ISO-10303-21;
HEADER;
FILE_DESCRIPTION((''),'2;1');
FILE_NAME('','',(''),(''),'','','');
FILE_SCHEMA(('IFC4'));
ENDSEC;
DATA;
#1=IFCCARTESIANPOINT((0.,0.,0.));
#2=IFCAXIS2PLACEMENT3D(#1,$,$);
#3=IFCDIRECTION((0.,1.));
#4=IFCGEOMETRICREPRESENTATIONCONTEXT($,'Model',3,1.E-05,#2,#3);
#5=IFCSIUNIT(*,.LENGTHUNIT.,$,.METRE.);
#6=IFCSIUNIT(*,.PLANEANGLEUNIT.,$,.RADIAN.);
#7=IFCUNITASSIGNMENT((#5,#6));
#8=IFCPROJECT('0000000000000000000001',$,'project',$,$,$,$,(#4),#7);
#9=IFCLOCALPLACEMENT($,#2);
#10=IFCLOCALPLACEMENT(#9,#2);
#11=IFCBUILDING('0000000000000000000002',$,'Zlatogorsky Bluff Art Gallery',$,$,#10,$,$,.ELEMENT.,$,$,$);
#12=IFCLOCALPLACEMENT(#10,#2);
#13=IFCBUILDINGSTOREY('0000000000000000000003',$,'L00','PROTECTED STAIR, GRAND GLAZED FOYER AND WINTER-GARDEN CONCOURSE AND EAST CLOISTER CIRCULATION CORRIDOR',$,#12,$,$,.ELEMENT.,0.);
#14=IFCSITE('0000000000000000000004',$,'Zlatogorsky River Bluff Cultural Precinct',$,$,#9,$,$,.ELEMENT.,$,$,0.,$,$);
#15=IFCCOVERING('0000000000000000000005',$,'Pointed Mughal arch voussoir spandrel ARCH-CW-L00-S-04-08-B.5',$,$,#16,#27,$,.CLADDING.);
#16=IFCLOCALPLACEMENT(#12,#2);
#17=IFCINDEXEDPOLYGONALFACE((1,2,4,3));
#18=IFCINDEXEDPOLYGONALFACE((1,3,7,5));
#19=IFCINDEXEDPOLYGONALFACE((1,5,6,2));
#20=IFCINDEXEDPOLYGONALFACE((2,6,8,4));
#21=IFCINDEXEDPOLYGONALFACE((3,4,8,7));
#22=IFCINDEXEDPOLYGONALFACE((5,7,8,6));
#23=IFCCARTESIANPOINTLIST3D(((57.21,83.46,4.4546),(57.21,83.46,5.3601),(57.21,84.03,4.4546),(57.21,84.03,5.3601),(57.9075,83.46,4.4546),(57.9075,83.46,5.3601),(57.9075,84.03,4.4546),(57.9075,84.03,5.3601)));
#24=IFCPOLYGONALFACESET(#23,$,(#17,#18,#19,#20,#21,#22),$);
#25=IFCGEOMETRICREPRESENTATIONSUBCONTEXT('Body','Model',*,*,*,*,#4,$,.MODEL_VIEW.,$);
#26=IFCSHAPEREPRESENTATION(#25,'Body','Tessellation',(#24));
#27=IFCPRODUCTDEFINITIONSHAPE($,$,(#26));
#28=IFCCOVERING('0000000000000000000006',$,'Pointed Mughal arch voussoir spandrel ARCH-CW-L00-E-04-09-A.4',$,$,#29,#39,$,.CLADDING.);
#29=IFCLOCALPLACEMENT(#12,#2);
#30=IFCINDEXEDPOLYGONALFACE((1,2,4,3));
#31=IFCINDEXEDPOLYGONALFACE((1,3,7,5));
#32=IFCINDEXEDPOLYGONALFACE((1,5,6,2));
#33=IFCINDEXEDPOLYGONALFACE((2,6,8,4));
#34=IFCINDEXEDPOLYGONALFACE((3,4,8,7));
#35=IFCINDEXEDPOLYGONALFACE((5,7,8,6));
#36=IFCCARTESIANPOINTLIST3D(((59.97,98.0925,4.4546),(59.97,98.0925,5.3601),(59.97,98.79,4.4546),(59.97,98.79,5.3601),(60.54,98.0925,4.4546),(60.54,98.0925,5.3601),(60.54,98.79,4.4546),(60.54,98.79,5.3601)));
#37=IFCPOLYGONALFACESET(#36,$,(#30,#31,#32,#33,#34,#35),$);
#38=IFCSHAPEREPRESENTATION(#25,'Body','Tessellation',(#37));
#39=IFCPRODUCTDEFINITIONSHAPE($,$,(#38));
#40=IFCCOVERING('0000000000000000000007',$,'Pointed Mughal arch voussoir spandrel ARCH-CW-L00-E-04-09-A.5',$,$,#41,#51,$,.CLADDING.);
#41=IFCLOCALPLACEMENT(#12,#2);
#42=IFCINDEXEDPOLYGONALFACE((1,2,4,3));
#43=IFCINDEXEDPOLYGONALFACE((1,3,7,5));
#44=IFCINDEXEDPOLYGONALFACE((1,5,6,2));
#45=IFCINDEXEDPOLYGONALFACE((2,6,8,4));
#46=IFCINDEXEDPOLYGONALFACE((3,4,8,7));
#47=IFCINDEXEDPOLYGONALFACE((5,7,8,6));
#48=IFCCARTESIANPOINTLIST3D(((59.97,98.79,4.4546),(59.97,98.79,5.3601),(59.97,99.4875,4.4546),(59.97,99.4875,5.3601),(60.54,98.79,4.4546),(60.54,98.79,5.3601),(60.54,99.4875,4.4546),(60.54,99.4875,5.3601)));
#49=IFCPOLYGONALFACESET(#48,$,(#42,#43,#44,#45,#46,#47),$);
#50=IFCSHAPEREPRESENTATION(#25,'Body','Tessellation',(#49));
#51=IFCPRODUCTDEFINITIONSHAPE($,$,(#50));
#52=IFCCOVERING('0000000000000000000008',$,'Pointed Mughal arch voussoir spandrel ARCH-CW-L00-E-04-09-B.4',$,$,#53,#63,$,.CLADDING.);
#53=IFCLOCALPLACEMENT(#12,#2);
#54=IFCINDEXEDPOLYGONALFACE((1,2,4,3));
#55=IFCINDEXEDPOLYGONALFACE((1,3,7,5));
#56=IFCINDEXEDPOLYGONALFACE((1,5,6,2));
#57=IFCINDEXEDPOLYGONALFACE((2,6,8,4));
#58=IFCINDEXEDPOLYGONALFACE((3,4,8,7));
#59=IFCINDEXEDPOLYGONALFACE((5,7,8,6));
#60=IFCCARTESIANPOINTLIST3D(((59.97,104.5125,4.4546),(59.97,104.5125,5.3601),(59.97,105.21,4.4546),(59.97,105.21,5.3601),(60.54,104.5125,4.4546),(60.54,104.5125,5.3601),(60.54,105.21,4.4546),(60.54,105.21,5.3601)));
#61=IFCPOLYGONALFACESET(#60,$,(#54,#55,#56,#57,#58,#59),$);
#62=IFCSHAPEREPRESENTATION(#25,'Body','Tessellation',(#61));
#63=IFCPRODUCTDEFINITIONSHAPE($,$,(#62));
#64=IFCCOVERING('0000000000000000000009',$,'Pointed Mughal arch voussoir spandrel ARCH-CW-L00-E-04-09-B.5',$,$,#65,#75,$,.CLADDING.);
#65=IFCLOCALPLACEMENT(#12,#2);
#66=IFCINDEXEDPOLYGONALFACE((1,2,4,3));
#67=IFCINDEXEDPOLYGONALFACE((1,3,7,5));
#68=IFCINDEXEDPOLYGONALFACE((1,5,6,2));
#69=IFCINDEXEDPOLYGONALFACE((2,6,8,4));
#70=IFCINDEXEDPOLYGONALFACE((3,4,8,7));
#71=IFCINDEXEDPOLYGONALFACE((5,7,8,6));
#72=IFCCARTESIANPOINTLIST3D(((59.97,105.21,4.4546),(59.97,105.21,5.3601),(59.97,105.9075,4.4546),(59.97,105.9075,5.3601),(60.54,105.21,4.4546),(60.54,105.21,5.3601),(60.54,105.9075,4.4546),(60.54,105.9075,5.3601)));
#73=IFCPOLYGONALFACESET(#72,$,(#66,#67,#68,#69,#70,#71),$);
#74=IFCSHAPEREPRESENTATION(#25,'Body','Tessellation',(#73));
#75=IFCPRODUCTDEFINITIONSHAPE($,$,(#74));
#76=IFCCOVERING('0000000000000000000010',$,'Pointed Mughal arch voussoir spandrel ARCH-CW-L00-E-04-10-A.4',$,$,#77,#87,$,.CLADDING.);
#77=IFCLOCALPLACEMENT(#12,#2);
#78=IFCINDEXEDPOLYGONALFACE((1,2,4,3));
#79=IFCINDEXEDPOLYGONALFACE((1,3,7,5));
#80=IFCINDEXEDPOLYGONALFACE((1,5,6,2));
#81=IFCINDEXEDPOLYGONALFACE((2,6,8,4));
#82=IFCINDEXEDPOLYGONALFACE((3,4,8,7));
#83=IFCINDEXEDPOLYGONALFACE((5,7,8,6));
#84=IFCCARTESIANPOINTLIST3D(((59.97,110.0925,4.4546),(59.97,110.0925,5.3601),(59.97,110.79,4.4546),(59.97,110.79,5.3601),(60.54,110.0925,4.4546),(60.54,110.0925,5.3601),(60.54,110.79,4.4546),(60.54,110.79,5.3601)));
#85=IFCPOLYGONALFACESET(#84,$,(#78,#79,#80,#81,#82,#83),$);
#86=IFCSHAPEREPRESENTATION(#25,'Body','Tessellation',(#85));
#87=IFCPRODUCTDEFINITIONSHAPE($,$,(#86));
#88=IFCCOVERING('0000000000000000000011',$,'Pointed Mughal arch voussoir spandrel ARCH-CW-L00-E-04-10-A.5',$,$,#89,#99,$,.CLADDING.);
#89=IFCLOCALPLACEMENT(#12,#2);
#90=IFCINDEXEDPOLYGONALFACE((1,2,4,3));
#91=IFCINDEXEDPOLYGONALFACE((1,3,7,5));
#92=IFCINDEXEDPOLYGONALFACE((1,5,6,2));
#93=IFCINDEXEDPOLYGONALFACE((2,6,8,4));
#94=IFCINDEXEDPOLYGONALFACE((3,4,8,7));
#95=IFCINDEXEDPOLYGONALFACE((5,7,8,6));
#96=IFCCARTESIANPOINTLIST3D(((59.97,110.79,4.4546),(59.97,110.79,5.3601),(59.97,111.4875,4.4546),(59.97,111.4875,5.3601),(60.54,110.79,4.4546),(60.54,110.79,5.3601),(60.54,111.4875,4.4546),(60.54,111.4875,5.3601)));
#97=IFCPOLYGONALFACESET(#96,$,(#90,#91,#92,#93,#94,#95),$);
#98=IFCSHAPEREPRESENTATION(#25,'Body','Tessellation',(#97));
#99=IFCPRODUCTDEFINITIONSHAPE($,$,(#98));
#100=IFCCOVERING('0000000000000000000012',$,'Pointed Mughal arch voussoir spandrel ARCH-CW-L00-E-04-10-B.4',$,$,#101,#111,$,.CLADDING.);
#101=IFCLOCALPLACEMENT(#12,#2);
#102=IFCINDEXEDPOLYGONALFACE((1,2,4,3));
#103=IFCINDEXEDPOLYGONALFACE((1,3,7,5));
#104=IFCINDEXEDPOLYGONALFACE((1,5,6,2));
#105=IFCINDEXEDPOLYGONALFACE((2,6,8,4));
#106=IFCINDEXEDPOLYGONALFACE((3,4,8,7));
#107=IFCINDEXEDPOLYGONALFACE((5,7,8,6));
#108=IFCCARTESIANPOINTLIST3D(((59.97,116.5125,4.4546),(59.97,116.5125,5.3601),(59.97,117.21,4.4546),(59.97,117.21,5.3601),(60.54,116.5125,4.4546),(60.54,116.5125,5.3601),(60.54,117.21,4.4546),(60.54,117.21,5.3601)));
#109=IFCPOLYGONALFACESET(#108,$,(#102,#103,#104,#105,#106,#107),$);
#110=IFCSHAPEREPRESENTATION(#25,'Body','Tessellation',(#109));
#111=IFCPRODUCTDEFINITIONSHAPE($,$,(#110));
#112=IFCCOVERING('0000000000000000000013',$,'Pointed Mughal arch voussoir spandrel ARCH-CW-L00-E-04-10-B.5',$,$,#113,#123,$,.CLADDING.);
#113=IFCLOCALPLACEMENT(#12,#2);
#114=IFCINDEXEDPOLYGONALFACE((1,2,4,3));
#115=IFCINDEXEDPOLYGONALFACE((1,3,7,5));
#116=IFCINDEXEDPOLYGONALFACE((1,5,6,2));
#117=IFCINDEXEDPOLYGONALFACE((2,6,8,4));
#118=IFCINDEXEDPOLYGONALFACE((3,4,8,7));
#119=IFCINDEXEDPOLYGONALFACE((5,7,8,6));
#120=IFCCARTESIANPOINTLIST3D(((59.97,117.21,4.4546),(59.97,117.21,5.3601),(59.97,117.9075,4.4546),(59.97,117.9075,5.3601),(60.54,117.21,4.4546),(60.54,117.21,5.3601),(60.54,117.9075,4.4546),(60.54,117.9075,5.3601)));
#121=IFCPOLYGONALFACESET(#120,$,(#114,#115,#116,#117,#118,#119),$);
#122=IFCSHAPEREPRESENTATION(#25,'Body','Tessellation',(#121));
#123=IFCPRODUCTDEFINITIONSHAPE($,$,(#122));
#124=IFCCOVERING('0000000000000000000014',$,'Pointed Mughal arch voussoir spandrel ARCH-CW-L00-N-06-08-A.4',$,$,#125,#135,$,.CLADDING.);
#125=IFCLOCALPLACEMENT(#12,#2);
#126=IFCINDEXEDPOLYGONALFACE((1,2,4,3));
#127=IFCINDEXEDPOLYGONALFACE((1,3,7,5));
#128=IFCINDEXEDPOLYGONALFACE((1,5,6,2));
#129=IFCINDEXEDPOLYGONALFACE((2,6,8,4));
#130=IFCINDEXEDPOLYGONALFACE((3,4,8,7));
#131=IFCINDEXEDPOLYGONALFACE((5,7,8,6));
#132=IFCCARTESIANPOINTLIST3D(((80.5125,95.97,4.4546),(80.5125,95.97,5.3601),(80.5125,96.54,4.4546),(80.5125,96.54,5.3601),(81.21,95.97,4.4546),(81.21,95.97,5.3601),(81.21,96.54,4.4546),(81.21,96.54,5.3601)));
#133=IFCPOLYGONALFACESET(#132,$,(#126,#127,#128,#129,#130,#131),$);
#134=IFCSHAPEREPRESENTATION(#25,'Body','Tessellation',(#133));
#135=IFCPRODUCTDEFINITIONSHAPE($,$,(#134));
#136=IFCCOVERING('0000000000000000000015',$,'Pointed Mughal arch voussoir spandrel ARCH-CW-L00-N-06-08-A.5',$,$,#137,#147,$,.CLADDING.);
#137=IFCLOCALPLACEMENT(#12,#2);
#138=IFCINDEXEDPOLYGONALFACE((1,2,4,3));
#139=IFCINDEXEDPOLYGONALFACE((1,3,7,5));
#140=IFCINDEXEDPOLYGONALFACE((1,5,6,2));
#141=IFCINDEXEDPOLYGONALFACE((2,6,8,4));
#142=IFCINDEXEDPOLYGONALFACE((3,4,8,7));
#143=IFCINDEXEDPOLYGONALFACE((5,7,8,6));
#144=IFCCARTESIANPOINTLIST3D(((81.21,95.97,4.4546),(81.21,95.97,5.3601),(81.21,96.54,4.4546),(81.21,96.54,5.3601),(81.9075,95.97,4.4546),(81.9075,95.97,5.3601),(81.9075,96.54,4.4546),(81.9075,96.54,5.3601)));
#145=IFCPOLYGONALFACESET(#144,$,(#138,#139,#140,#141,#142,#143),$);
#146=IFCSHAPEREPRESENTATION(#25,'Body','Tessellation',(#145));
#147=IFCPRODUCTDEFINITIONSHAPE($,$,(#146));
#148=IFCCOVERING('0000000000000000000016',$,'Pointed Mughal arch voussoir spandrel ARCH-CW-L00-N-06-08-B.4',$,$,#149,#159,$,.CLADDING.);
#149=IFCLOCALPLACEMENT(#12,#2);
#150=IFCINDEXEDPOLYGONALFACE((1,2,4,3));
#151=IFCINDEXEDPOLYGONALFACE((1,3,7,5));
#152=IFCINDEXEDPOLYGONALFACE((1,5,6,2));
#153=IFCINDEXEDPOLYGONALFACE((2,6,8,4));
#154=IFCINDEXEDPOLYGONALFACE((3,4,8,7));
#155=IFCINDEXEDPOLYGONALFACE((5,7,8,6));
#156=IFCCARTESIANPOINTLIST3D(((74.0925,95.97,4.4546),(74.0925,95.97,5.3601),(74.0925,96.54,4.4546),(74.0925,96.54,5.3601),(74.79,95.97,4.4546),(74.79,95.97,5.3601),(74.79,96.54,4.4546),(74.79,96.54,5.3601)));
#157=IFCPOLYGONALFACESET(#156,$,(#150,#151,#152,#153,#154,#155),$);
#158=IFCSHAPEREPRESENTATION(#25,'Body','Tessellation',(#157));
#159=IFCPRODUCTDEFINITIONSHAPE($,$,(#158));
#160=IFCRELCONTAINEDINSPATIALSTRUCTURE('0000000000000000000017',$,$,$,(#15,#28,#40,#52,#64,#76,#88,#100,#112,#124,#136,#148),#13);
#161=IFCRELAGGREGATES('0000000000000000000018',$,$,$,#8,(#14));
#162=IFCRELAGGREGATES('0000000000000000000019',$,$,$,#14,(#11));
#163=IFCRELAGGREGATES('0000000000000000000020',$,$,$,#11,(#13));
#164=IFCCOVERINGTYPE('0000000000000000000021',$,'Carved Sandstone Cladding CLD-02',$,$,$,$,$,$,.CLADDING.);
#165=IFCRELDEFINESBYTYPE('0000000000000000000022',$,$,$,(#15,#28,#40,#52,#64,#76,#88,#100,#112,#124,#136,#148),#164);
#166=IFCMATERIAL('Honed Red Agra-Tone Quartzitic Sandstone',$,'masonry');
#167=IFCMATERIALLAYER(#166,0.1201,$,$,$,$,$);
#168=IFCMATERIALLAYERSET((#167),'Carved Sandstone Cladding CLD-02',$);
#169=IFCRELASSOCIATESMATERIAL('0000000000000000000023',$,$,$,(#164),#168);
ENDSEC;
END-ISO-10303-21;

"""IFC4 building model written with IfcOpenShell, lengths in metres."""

from ifc_helpers import new_model, si_unit, direction, frame, origin, place, context, subcontext, project, spatial, polyline, outline, extrude, material, layer, layer_set, type_object, element, save


model = new_model("IFC4")

# Units and contexts
model_context = context("Model", 3, precision=1e-05, world=origin(), true_north=direction((0.0, 1.0)))
body_context = subcontext(model_context, "Body", "Model", "MODEL_VIEW")
ifc_project = project(units=[si_unit("LENGTHUNIT", "METRE"), si_unit("PLANEANGLEUNIT", "RADIAN")], contexts=[model_context])

# Site, building, storey
site_placement = place(None, origin())
site = spatial("IfcSite", under=ifc_project, at=site_placement, Name="Zlatogorsky River Bluff Cultural Precinct", CompositionType="ELEMENT", RefElevation=0.0)
building_placement = place(site_placement, origin())
building = spatial("IfcBuilding", under=site, at=building_placement, Name="Zlatogorsky Bluff Art Gallery", CompositionType="ELEMENT")
storey_placement = place(building_placement, origin())
storey = spatial("IfcBuildingStorey", under=building, at=storey_placement, Name="L00", Description="PROTECTED STAIR, GRAND GLAZED FOYER AND WINTER-GARDEN CONCOURSE AND EAST CLOISTER CIRCULATION CORRIDOR", CompositionType="ELEMENT", Elevation=0.0)

# Coverings
ifc_material = material(Name="Honed Red Agra-Tone Quartzitic Sandstone", Category="masonry")
ifc_layer = layer(ifc_material, 0.1201)
ifc_layer_set = layer_set([ifc_layer], Name="Carved Sandstone Cladding CLD-02")
covering_type = type_object("IfcCoveringType", Name="Carved Sandstone Cladding CLD-02", PredefinedType="CLADDING", material=ifc_layer_set)
covering_1_placement = place(storey_placement, frame((0.0, 0.0, 4.4546)))
element("IfcCovering", 1, at=covering_1_placement, inside=storey, type_object=covering_type, Name="Pointed Mughal arch voussoir spandrel ARCH-CW-L00-S-04-08-B.5", PredefinedType="CLADDING", context=body_context, shape_type="SweptSolid", body=[
    extrude(outline(polyline([(57.21, 83.46), (57.9075, 83.46), (57.9075, 84.03), (57.21, 84.03), (57.21, 83.46)])), origin(), (0.0, 0.0, 1.0), 0.9055),
])
covering_2_placement = place(storey_placement, frame((0.0, 0.0, 4.4546)))
element("IfcCovering", 2, at=covering_2_placement, inside=storey, type_object=covering_type, Name="Pointed Mughal arch voussoir spandrel ARCH-CW-L00-E-04-09-A.4", PredefinedType="CLADDING", context=body_context, shape_type="SweptSolid", body=[
    extrude(outline(polyline([(59.97, 98.0925), (59.97, 98.79), (60.54, 98.79), (60.54, 98.0925), (59.97, 98.0925)])), origin(), (0.0, 0.0, 1.0), 0.9055),
])
covering_3_placement = place(storey_placement, frame((0.0, 0.0, 4.4546)))
element("IfcCovering", 3, at=covering_3_placement, inside=storey, type_object=covering_type, Name="Pointed Mughal arch voussoir spandrel ARCH-CW-L00-E-04-09-A.5", PredefinedType="CLADDING", context=body_context, shape_type="SweptSolid", body=[
    extrude(outline(polyline([(59.97, 98.79), (59.97, 99.4875), (60.54, 99.4875), (60.54, 98.79), (59.97, 98.79)])), origin(), (0.0, 0.0, 1.0), 0.9055),
])
covering_4_placement = place(storey_placement, frame((0.0, 0.0, 4.4546)))
element("IfcCovering", 4, at=covering_4_placement, inside=storey, type_object=covering_type, Name="Pointed Mughal arch voussoir spandrel ARCH-CW-L00-E-04-09-B.4", PredefinedType="CLADDING", context=body_context, shape_type="SweptSolid", body=[
    extrude(outline(polyline([(59.97, 104.5125), (59.97, 105.21), (60.54, 105.21), (60.54, 104.5125), (59.97, 104.5125)])), origin(), (0.0, 0.0, 1.0), 0.9055),
])
covering_5_placement = place(storey_placement, frame((0.0, 0.0, 4.4546)))
element("IfcCovering", 5, at=covering_5_placement, inside=storey, type_object=covering_type, Name="Pointed Mughal arch voussoir spandrel ARCH-CW-L00-E-04-09-B.5", PredefinedType="CLADDING", context=body_context, shape_type="SweptSolid", body=[
    extrude(outline(polyline([(59.97, 105.21), (59.97, 105.9075), (60.54, 105.9075), (60.54, 105.21), (59.97, 105.21)])), origin(), (0.0, 0.0, 1.0), 0.9055),
])
covering_6_placement = place(storey_placement, frame((0.0, 0.0, 4.4546)))
element("IfcCovering", 6, at=covering_6_placement, inside=storey, type_object=covering_type, Name="Pointed Mughal arch voussoir spandrel ARCH-CW-L00-E-04-10-A.4", PredefinedType="CLADDING", context=body_context, shape_type="SweptSolid", body=[
    extrude(outline(polyline([(59.97, 110.0925), (59.97, 110.79), (60.54, 110.79), (60.54, 110.0925), (59.97, 110.0925)])), origin(), (0.0, 0.0, 1.0), 0.9055),
])
covering_7_placement = place(storey_placement, frame((0.0, 0.0, 4.4546)))
element("IfcCovering", 7, at=covering_7_placement, inside=storey, type_object=covering_type, Name="Pointed Mughal arch voussoir spandrel ARCH-CW-L00-E-04-10-A.5", PredefinedType="CLADDING", context=body_context, shape_type="SweptSolid", body=[
    extrude(outline(polyline([(59.97, 110.79), (59.97, 111.4875), (60.54, 111.4875), (60.54, 110.79), (59.97, 110.79)])), origin(), (0.0, 0.0, 1.0), 0.9055),
])
covering_8_placement = place(storey_placement, frame((0.0, 0.0, 4.4546)))
element("IfcCovering", 8, at=covering_8_placement, inside=storey, type_object=covering_type, Name="Pointed Mughal arch voussoir spandrel ARCH-CW-L00-E-04-10-B.4", PredefinedType="CLADDING", context=body_context, shape_type="SweptSolid", body=[
    extrude(outline(polyline([(59.97, 116.5125), (59.97, 117.21), (60.54, 117.21), (60.54, 116.5125), (59.97, 116.5125)])), origin(), (0.0, 0.0, 1.0), 0.9055),
])
covering_9_placement = place(storey_placement, frame((0.0, 0.0, 4.4546)))
element("IfcCovering", 9, at=covering_9_placement, inside=storey, type_object=covering_type, Name="Pointed Mughal arch voussoir spandrel ARCH-CW-L00-E-04-10-B.5", PredefinedType="CLADDING", context=body_context, shape_type="SweptSolid", body=[
    extrude(outline(polyline([(59.97, 117.21), (59.97, 117.9075), (60.54, 117.9075), (60.54, 117.21), (59.97, 117.21)])), origin(), (0.0, 0.0, 1.0), 0.9055),
])
covering_10_placement = place(storey_placement, frame((0.0, 0.0, 4.4546)))
element("IfcCovering", 10, at=covering_10_placement, inside=storey, type_object=covering_type, Name="Pointed Mughal arch voussoir spandrel ARCH-CW-L00-N-06-08-A.4", PredefinedType="CLADDING", context=body_context, shape_type="SweptSolid", body=[
    extrude(outline(polyline([(80.5125, 95.97), (81.21, 95.97), (81.21, 96.54), (80.5125, 96.54), (80.5125, 95.97)])), origin(), (0.0, 0.0, 1.0), 0.9055),
])
covering_11_placement = place(storey_placement, frame((0.0, 0.0, 4.4546)))
element("IfcCovering", 11, at=covering_11_placement, inside=storey, type_object=covering_type, Name="Pointed Mughal arch voussoir spandrel ARCH-CW-L00-N-06-08-A.5", PredefinedType="CLADDING", context=body_context, shape_type="SweptSolid", body=[
    extrude(outline(polyline([(81.21, 95.97), (81.9075, 95.97), (81.9075, 96.54), (81.21, 96.54), (81.21, 95.97)])), origin(), (0.0, 0.0, 1.0), 0.9055),
])
covering_12_placement = place(storey_placement, frame((0.0, 0.0, 4.4546)))
element("IfcCovering", 12, at=covering_12_placement, inside=storey, type_object=covering_type, Name="Pointed Mughal arch voussoir spandrel ARCH-CW-L00-N-06-08-B.4", PredefinedType="CLADDING", context=body_context, shape_type="SweptSolid", body=[
    extrude(outline(polyline([(74.0925, 95.97), (74.79, 95.97), (74.79, 96.54), (74.0925, 96.54), (74.0925, 95.97)])), origin(), (0.0, 0.0, 1.0), 0.9055),
])

save(model, "model.ifc")
